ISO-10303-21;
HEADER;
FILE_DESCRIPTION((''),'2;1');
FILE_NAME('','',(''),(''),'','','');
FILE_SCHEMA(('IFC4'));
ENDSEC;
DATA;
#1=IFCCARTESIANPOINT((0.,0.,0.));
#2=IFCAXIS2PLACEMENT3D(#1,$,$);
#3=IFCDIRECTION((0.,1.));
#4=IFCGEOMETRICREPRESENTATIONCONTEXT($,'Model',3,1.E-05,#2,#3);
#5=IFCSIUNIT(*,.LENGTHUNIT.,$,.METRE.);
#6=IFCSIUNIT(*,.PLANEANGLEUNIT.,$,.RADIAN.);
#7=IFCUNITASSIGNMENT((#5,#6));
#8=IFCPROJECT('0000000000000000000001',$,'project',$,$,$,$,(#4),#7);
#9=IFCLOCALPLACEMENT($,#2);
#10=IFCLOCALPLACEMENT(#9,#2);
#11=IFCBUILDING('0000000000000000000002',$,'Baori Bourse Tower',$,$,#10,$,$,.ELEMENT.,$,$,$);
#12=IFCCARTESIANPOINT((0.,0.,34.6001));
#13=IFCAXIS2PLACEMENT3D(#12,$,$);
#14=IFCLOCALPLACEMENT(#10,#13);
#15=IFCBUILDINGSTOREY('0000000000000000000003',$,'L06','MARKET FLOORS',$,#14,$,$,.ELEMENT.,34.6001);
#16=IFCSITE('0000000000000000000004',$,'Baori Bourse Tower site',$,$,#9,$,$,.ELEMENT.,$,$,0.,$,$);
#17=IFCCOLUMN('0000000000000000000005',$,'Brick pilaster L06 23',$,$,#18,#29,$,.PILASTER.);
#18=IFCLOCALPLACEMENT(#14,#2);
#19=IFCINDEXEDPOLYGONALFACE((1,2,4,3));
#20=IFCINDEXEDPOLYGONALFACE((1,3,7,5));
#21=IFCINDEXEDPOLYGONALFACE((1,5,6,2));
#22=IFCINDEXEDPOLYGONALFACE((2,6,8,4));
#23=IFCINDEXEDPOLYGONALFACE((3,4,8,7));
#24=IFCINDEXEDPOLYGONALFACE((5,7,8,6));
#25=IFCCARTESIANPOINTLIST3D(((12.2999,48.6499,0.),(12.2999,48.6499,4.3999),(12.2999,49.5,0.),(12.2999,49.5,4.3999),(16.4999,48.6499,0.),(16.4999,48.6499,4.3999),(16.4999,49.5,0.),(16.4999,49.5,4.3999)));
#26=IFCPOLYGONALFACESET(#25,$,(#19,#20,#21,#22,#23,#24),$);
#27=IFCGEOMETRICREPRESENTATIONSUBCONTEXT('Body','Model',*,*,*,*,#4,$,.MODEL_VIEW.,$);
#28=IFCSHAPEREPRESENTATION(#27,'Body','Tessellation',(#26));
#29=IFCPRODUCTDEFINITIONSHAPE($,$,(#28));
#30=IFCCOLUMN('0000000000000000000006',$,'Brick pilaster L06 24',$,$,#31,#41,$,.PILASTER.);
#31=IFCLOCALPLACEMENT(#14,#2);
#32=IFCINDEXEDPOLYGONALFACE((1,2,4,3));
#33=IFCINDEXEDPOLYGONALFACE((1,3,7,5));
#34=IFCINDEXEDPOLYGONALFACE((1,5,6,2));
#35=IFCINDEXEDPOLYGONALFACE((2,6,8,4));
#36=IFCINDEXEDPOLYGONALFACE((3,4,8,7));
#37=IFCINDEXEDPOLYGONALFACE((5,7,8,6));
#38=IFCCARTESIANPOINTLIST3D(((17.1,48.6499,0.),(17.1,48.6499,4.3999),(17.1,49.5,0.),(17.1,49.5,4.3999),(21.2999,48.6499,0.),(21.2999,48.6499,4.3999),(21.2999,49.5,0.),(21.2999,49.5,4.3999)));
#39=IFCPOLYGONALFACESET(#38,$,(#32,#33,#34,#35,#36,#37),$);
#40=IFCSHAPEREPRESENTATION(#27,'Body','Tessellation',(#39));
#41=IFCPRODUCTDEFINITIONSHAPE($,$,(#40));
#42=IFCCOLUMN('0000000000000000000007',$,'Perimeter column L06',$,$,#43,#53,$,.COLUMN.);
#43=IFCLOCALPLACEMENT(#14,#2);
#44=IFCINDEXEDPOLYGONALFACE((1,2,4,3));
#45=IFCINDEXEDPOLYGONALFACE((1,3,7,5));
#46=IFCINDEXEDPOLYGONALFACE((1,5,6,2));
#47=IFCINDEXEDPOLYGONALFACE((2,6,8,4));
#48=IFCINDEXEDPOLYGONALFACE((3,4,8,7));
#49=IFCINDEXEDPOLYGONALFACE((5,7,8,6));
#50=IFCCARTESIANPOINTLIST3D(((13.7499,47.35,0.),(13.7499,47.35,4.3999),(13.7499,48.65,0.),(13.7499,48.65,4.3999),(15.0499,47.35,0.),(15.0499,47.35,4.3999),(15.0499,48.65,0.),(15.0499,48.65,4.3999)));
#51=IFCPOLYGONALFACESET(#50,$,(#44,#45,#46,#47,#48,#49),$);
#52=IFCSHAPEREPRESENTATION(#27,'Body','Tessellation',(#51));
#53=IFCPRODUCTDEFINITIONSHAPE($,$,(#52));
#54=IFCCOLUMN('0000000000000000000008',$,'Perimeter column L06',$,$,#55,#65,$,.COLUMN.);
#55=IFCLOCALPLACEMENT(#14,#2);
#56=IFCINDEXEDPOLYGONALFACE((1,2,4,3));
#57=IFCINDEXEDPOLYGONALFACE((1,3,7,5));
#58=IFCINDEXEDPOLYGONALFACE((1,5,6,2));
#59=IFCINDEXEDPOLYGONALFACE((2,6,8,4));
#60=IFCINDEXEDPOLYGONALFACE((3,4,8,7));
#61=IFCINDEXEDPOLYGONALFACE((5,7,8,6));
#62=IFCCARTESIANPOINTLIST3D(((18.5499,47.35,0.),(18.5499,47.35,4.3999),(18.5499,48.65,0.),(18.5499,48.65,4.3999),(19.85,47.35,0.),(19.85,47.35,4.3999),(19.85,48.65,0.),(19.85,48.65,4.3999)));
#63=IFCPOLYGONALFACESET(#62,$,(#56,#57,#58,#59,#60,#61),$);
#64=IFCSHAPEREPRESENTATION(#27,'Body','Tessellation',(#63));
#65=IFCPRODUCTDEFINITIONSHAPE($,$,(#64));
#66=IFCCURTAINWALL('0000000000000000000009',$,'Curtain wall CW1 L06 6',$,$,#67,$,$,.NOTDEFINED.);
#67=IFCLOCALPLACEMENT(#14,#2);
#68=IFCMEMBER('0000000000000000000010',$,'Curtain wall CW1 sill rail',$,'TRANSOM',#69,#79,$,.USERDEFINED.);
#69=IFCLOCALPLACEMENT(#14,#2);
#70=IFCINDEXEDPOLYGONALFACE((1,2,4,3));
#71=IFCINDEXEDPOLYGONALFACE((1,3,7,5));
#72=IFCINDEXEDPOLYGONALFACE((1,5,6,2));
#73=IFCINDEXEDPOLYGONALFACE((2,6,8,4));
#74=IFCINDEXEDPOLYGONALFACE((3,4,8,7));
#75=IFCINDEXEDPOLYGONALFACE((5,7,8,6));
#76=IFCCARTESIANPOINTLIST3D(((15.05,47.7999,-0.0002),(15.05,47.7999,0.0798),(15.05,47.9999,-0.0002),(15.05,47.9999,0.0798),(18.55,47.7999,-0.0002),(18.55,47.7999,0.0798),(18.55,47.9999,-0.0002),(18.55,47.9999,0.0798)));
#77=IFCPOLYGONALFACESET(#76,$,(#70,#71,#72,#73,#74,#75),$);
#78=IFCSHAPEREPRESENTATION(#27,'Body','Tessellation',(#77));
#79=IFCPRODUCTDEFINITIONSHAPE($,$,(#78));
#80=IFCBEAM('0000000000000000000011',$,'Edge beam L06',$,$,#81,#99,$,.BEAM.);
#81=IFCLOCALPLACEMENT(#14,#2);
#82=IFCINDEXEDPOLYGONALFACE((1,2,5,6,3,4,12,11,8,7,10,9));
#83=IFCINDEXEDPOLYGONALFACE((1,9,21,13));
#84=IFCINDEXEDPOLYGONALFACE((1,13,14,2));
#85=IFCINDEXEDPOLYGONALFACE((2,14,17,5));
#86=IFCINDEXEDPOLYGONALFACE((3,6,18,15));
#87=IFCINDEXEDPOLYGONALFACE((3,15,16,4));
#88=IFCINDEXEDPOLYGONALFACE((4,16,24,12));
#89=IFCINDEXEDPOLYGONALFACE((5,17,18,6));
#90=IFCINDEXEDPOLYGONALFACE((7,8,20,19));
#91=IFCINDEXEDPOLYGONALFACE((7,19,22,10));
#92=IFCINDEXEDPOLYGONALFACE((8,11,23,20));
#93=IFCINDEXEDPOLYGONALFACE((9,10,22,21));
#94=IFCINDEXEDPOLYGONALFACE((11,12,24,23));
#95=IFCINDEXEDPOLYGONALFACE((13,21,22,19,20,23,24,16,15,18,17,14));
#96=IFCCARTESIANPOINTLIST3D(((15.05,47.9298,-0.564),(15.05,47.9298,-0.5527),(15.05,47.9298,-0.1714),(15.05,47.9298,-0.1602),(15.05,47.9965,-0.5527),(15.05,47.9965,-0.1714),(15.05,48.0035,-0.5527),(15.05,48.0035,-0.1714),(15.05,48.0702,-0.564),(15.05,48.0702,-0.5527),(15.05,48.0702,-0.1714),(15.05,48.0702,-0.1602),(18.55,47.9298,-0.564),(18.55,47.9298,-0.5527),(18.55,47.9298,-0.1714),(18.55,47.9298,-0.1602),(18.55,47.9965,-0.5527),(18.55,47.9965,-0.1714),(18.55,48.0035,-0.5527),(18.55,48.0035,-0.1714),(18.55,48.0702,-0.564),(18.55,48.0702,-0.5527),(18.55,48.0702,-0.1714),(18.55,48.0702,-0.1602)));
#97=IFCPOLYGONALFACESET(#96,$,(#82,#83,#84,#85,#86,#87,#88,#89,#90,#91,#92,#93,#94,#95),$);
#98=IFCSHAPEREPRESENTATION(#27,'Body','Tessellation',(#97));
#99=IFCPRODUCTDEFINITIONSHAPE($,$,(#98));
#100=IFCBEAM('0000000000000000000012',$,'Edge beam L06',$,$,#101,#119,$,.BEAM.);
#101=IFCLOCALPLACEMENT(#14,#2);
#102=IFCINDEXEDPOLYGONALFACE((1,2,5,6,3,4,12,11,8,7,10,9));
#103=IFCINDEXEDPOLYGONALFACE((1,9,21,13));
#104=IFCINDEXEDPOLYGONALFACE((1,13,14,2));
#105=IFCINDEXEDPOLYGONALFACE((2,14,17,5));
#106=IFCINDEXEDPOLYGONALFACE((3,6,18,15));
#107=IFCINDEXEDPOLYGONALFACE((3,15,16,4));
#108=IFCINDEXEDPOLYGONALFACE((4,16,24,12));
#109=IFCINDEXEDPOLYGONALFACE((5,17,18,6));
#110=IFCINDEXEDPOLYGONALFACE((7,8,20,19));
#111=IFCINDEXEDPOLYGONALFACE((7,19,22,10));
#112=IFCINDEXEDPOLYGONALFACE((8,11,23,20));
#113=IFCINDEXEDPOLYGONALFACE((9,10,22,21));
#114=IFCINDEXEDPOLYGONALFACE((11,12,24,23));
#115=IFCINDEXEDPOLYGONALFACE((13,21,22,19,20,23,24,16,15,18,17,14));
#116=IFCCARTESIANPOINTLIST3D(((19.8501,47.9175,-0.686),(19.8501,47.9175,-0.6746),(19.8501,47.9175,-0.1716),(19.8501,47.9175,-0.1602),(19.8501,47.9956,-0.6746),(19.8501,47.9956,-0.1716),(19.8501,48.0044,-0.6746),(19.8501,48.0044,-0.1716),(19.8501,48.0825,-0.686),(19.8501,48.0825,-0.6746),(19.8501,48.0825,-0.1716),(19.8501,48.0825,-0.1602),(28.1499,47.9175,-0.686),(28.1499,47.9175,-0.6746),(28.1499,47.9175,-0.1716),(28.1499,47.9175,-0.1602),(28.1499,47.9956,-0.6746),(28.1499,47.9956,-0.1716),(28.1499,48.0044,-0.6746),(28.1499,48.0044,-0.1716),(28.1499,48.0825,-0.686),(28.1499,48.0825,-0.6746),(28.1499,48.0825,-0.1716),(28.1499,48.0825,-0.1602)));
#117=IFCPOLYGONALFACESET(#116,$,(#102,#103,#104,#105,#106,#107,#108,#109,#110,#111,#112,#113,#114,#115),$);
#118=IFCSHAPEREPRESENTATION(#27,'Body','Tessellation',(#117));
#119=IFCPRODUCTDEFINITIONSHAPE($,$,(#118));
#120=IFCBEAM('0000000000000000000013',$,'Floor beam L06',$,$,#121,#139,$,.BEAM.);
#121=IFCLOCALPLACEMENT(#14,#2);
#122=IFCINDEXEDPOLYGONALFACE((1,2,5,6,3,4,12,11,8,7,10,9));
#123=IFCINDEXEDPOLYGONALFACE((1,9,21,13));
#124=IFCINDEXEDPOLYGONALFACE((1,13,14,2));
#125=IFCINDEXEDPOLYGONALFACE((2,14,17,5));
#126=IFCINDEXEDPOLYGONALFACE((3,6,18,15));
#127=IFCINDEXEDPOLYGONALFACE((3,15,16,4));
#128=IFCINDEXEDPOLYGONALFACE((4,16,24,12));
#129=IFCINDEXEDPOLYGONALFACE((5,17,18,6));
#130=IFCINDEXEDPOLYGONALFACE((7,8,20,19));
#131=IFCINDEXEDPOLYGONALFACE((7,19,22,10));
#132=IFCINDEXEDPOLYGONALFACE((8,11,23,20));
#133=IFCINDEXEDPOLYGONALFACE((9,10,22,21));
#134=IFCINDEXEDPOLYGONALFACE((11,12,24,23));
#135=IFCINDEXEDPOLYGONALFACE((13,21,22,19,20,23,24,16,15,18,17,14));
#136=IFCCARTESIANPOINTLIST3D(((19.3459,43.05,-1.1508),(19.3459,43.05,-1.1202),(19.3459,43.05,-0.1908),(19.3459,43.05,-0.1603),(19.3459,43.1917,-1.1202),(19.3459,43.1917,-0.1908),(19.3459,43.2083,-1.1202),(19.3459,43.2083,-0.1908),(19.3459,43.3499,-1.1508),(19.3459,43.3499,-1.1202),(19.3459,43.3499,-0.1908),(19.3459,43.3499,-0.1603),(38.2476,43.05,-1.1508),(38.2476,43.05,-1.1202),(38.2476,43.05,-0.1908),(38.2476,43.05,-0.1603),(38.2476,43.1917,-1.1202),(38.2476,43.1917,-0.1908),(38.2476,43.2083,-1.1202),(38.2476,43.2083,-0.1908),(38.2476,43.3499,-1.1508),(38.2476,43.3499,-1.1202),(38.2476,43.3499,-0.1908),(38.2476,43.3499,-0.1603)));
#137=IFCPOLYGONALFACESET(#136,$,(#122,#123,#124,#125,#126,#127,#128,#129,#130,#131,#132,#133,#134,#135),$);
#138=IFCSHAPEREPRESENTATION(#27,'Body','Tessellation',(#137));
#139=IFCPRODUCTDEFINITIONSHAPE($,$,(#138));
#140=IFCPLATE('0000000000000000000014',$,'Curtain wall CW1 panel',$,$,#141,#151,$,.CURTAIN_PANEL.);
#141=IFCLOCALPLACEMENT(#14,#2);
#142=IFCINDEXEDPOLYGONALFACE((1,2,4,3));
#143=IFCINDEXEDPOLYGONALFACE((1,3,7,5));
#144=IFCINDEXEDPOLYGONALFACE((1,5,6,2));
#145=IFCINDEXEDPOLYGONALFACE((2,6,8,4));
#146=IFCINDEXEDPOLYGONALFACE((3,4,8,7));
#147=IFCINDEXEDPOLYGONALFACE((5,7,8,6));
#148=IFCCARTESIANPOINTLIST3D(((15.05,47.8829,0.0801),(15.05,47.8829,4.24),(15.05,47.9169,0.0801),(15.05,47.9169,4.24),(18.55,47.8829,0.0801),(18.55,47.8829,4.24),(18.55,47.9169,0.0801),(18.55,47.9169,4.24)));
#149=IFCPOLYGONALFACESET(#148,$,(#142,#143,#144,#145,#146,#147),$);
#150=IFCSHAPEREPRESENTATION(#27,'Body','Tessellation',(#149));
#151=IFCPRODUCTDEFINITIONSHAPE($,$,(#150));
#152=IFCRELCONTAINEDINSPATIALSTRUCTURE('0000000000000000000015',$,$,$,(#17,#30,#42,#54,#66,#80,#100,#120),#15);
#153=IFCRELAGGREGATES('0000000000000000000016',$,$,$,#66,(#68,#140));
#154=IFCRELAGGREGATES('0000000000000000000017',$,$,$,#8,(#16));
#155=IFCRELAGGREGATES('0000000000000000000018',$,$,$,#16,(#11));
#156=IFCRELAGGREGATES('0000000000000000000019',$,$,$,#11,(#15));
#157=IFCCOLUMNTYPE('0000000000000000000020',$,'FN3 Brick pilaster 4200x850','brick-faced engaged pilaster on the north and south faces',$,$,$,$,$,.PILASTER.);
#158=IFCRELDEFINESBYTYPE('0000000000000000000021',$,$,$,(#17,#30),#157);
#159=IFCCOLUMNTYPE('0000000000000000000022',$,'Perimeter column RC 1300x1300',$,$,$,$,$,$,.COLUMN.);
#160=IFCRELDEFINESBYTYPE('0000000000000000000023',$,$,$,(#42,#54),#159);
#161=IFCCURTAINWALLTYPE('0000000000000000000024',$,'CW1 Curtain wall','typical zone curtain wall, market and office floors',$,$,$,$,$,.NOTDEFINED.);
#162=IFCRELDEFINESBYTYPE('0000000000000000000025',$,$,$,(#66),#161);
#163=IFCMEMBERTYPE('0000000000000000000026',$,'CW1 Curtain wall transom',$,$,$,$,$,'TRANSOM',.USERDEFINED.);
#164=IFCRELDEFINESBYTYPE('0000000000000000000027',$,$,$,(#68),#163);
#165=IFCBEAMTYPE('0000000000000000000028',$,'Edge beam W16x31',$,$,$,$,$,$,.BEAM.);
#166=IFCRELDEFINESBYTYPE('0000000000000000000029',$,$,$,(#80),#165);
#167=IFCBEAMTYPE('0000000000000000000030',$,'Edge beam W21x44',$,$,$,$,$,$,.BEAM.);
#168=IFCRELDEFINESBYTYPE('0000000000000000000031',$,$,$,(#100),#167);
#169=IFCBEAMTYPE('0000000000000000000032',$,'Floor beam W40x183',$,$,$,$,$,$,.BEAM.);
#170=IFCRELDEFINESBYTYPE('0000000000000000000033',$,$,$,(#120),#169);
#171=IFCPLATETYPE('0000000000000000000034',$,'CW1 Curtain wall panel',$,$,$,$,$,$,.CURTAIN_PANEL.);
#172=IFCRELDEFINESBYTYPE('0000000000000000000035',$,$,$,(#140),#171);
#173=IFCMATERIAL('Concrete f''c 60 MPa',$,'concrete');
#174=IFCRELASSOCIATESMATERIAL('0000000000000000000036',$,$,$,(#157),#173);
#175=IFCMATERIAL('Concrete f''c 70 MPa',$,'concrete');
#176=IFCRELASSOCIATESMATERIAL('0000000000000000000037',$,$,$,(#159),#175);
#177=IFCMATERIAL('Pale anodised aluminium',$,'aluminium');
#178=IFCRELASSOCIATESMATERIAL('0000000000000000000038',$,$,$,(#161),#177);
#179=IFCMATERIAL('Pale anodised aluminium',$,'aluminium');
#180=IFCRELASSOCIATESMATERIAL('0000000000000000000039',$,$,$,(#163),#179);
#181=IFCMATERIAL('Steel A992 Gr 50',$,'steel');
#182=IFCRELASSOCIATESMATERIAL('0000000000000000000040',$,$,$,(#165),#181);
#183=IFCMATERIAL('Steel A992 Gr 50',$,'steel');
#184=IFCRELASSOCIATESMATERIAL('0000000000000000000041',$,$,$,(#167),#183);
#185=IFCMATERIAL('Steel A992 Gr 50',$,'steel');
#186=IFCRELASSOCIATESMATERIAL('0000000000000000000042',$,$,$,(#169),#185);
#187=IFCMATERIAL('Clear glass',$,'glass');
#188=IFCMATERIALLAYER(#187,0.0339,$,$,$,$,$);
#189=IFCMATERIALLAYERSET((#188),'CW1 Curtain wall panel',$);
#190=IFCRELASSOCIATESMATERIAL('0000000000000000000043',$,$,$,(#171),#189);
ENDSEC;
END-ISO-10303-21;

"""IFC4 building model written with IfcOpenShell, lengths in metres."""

from ifc_helpers import new_model, si_unit, direction, frame, origin, origin_2d, place, context, subcontext, project, spatial, rectangle, i_section, extrude, material, layer, layer_set, material_profile, profile_set, type_object, element, aggregate, save


model = new_model("IFC4")

# Units and contexts
model_context = context("Model", 3, precision=1e-05, world=origin(), true_north=direction((0.0, 1.0)))
body_context = subcontext(model_context, "Body", "Model", "MODEL_VIEW")
ifc_project = project(units=[si_unit("LENGTHUNIT", "METRE"), si_unit("PLANEANGLEUNIT", "RADIAN")], contexts=[model_context])

# Site, building, storey
site_placement = place(None, origin())
site = spatial("IfcSite", under=ifc_project, at=site_placement, Name="Baori Bourse Tower site", CompositionType="ELEMENT", RefElevation=0.0)
building_placement = place(site_placement, origin())
building = spatial("IfcBuilding", under=site, at=building_placement, Name="Baori Bourse Tower", CompositionType="ELEMENT")
storey_placement = place(building_placement, frame((0.0, 0.0, 34.6001)))
storey = spatial("IfcBuildingStorey", under=building, at=storey_placement, Name="L06", Description="MARKET FLOORS", CompositionType="ELEMENT", Elevation=34.6001)

# Columns
ifc_material_1 = material(Name="Concrete f'c 60 MPa", Category="concrete")
ifc_material_profile_1 = material_profile(ifc_material_1, rectangle(XDim=4.2, YDim=0.8501, at=origin_2d()), Name="RC 4200x850")
ifc_profile_set_1 = profile_set([ifc_material_profile_1], Name="Concrete f'c 60 MPa")
column_type_1 = type_object("IfcColumnType", Name="FN3 Brick pilaster 4200x850", Description="brick-faced engaged pilaster on the north and south faces", PredefinedType="PILASTER", material=ifc_profile_set_1)
for number, where, z_axis, x_axis, name in (
    (1, (14.3999, 49.075, 0.0), (0.0, 0.0, 1.0), (1.0, 0.0, 0.0), "Brick pilaster L06 23"),
    (2, (19.2, 49.075, 0.0), (0.0, 0.0, 1.0), (1.0, 0.0, 0.0), "Brick pilaster L06 24"),
):
    element("IfcColumn", number, at=place(storey_placement, frame(where, z_axis=z_axis, x_axis=x_axis)), inside=storey, type_object=column_type_1, Name=name, PredefinedType="PILASTER", context=body_context, shape_type="SweptSolid", body=[
        extrude(rectangle(XDim=4.2, YDim=0.8501, at=origin_2d()), origin(), (0.0, 0.0, 1.0), 4.3999),
    ])
ifc_material_2 = material(Name="Concrete f'c 70 MPa", Category="concrete")
ifc_material_profile_2 = material_profile(ifc_material_2, rectangle(XDim=1.3, YDim=1.3, at=origin_2d()), Name="RC 1300x1300")
ifc_profile_set_2 = profile_set([ifc_material_profile_2], Name="Concrete f'c 70 MPa")
column_type_2 = type_object("IfcColumnType", Name="Perimeter column RC 1300x1300", PredefinedType="COLUMN", material=ifc_profile_set_2)
for number, where, z_axis, x_axis, name in (
    (3, (14.3999, 48.0, 0.0), (0.0, 0.0, 1.0), (1.0, 0.0, 0.0), "Perimeter column L06"),
    (4, (19.2, 48.0, 0.0), (0.0, 0.0, 1.0), (1.0, 0.0, 0.0), "Perimeter column L06"),
):
    element("IfcColumn", number, at=place(storey_placement, frame(where, z_axis=z_axis, x_axis=x_axis)), inside=storey, type_object=column_type_2, Name=name, PredefinedType="COLUMN", context=body_context, shape_type="SweptSolid", body=[
        extrude(rectangle(XDim=1.3, YDim=1.3, at=origin_2d()), origin(), (0.0, 0.0, 1.0), 4.3999),
    ])

# Curtain wall, member
ifc_material_3 = material(Name="Pale anodised aluminium", Category="aluminium")
curtain_wall_type = type_object("IfcCurtainWallType", Name="CW1 Curtain wall", Description="typical zone curtain wall, market and office floors", PredefinedType="NOTDEFINED", material=ifc_material_3)
curtain_wall_placement = place(storey_placement, origin())
curtain_wall = element("IfcCurtainWall", 5, at=curtain_wall_placement, inside=storey, type_object=curtain_wall_type, Name="Curtain wall CW1 L06 6", PredefinedType="NOTDEFINED")
ifc_material_4 = material(Name="Pale anodised aluminium", Category="aluminium")
ifc_material_profile_3 = material_profile(ifc_material_4, rectangle(XDim=0.2, YDim=0.0801, at=origin_2d()), Name="Transom 80x200")
ifc_profile_set_3 = profile_set([ifc_material_profile_3], Name="Pale anodised aluminium")
member_type = type_object("IfcMemberType", Name="CW1 Curtain wall transom", ElementType="TRANSOM", PredefinedType="USERDEFINED", material=ifc_profile_set_3)
member_placement = place(storey_placement, frame((18.55, 47.8999, 0.0398), z_axis=(-1.0, 0.0, 0.0), x_axis=(0.0, -1.0, 0.0)))
member = element("IfcMember", 6, at=member_placement, type_object=member_type, Name="Curtain wall CW1 sill rail", ObjectType="TRANSOM", PredefinedType="USERDEFINED", context=body_context, shape_type="SweptSolid", body=[
    extrude(rectangle(XDim=0.2, YDim=0.0801, at=origin_2d()), origin(), (0.0, 0.0, 1.0), 3.5),
])

# Beams
ifc_material_5 = material(Name="Steel A992 Gr 50", Category="steel")
ifc_material_profile_4 = material_profile(ifc_material_5, i_section(OverallWidth=0.1404, OverallDepth=0.4038, WebThickness=0.0071, FlangeThickness=0.0112, at=origin_2d()), Name="W16x31")
ifc_profile_set_4 = profile_set([ifc_material_profile_4], Name="Steel A992 Gr 50")
beam_type_1 = type_object("IfcBeamType", Name="Edge beam W16x31", PredefinedType="BEAM", material=ifc_profile_set_4)
beam_1_placement = place(storey_placement, frame((15.05, 48.0, -0.3621), z_axis=(1.0, 0.0, 0.0), x_axis=(0.0, 1.0, 0.0)))
element("IfcBeam", 7, at=beam_1_placement, inside=storey, type_object=beam_type_1, Name="Edge beam L06", PredefinedType="BEAM", context=body_context, shape_type="SweptSolid", body=[
    extrude(i_section(OverallWidth=0.1404, OverallDepth=0.4038, WebThickness=0.0071, FlangeThickness=0.0112, at=origin_2d()), origin(), (0.0, 0.0, 1.0), 3.5),
])
ifc_material_6 = material(Name="Steel A992 Gr 50", Category="steel")
ifc_material_profile_5 = material_profile(ifc_material_6, i_section(OverallWidth=0.165, OverallDepth=0.5259, WebThickness=0.0088, FlangeThickness=0.0115, at=origin_2d()), Name="W21x44")
ifc_profile_set_5 = profile_set([ifc_material_profile_5], Name="Steel A992 Gr 50")
beam_type_2 = type_object("IfcBeamType", Name="Edge beam W21x44", PredefinedType="BEAM", material=ifc_profile_set_5)
beam_2_placement = place(storey_placement, frame((19.8501, 48.0, -0.4231), z_axis=(1.0, 0.0, 0.0), x_axis=(0.0, 1.0, 0.0)))
element("IfcBeam", 8, at=beam_2_placement, inside=storey, type_object=beam_type_2, Name="Edge beam L06", PredefinedType="BEAM", context=body_context, shape_type="SweptSolid", body=[
    extrude(i_section(OverallWidth=0.165, OverallDepth=0.5259, WebThickness=0.0088, FlangeThickness=0.0115, at=origin_2d()), origin(), (0.0, 0.0, 1.0), 8.2998),
])
ifc_material_7 = material(Name="Steel A992 Gr 50", Category="steel")
ifc_material_profile_6 = material_profile(ifc_material_7, i_section(OverallWidth=0.2998, OverallDepth=0.9905, WebThickness=0.0166, FlangeThickness=0.0305, at=origin_2d()), Name="W40x183")
ifc_profile_set_6 = profile_set([ifc_material_profile_6], Name="Steel A992 Gr 50")
beam_type_3 = type_object("IfcBeamType", Name="Floor beam W40x183", PredefinedType="BEAM", material=ifc_profile_set_6)
beam_3_placement = place(storey_placement, frame((19.3459, 43.2, -0.6555), z_axis=(1.0, 0.0, 0.0), x_axis=(0.0, 1.0, 0.0)))
element("IfcBeam", 9, at=beam_3_placement, inside=storey, type_object=beam_type_3, Name="Floor beam L06", PredefinedType="BEAM", context=body_context, shape_type="SweptSolid", body=[
    extrude(i_section(OverallWidth=0.2998, OverallDepth=0.9905, WebThickness=0.0166, FlangeThickness=0.0305, at=origin_2d()), origin(), (0.0, 0.0, 1.0), 18.9016),
])

# Plate
ifc_material_8 = material(Name="Clear glass", Category="glass")
ifc_layer_1 = layer(ifc_material_8, 0.0339)
ifc_layer_set_1 = layer_set([ifc_layer_1], Name="CW1 Curtain wall panel")
plate_type = type_object("IfcPlateType", Name="CW1 Curtain wall panel", PredefinedType="CURTAIN_PANEL", material=ifc_layer_set_1)
plate_placement = place(storey_placement, frame((16.8, 47.8999, 0.0801), z_axis=(0.0, 0.0, 1.0), x_axis=(-1.0, 0.0, 0.0)))
plate = element("IfcPlate", 10, at=plate_placement, type_object=plate_type, Name="Curtain wall CW1 panel", PredefinedType="CURTAIN_PANEL", context=body_context, shape_type="SweptSolid", body=[
    extrude(rectangle(XDim=3.5, YDim=0.0339, at=origin_2d()), origin(), (0.0, 0.0, 1.0), 4.1599),
])
aggregate(curtain_wall, [member, plate])

save(model, "model.ifc")
